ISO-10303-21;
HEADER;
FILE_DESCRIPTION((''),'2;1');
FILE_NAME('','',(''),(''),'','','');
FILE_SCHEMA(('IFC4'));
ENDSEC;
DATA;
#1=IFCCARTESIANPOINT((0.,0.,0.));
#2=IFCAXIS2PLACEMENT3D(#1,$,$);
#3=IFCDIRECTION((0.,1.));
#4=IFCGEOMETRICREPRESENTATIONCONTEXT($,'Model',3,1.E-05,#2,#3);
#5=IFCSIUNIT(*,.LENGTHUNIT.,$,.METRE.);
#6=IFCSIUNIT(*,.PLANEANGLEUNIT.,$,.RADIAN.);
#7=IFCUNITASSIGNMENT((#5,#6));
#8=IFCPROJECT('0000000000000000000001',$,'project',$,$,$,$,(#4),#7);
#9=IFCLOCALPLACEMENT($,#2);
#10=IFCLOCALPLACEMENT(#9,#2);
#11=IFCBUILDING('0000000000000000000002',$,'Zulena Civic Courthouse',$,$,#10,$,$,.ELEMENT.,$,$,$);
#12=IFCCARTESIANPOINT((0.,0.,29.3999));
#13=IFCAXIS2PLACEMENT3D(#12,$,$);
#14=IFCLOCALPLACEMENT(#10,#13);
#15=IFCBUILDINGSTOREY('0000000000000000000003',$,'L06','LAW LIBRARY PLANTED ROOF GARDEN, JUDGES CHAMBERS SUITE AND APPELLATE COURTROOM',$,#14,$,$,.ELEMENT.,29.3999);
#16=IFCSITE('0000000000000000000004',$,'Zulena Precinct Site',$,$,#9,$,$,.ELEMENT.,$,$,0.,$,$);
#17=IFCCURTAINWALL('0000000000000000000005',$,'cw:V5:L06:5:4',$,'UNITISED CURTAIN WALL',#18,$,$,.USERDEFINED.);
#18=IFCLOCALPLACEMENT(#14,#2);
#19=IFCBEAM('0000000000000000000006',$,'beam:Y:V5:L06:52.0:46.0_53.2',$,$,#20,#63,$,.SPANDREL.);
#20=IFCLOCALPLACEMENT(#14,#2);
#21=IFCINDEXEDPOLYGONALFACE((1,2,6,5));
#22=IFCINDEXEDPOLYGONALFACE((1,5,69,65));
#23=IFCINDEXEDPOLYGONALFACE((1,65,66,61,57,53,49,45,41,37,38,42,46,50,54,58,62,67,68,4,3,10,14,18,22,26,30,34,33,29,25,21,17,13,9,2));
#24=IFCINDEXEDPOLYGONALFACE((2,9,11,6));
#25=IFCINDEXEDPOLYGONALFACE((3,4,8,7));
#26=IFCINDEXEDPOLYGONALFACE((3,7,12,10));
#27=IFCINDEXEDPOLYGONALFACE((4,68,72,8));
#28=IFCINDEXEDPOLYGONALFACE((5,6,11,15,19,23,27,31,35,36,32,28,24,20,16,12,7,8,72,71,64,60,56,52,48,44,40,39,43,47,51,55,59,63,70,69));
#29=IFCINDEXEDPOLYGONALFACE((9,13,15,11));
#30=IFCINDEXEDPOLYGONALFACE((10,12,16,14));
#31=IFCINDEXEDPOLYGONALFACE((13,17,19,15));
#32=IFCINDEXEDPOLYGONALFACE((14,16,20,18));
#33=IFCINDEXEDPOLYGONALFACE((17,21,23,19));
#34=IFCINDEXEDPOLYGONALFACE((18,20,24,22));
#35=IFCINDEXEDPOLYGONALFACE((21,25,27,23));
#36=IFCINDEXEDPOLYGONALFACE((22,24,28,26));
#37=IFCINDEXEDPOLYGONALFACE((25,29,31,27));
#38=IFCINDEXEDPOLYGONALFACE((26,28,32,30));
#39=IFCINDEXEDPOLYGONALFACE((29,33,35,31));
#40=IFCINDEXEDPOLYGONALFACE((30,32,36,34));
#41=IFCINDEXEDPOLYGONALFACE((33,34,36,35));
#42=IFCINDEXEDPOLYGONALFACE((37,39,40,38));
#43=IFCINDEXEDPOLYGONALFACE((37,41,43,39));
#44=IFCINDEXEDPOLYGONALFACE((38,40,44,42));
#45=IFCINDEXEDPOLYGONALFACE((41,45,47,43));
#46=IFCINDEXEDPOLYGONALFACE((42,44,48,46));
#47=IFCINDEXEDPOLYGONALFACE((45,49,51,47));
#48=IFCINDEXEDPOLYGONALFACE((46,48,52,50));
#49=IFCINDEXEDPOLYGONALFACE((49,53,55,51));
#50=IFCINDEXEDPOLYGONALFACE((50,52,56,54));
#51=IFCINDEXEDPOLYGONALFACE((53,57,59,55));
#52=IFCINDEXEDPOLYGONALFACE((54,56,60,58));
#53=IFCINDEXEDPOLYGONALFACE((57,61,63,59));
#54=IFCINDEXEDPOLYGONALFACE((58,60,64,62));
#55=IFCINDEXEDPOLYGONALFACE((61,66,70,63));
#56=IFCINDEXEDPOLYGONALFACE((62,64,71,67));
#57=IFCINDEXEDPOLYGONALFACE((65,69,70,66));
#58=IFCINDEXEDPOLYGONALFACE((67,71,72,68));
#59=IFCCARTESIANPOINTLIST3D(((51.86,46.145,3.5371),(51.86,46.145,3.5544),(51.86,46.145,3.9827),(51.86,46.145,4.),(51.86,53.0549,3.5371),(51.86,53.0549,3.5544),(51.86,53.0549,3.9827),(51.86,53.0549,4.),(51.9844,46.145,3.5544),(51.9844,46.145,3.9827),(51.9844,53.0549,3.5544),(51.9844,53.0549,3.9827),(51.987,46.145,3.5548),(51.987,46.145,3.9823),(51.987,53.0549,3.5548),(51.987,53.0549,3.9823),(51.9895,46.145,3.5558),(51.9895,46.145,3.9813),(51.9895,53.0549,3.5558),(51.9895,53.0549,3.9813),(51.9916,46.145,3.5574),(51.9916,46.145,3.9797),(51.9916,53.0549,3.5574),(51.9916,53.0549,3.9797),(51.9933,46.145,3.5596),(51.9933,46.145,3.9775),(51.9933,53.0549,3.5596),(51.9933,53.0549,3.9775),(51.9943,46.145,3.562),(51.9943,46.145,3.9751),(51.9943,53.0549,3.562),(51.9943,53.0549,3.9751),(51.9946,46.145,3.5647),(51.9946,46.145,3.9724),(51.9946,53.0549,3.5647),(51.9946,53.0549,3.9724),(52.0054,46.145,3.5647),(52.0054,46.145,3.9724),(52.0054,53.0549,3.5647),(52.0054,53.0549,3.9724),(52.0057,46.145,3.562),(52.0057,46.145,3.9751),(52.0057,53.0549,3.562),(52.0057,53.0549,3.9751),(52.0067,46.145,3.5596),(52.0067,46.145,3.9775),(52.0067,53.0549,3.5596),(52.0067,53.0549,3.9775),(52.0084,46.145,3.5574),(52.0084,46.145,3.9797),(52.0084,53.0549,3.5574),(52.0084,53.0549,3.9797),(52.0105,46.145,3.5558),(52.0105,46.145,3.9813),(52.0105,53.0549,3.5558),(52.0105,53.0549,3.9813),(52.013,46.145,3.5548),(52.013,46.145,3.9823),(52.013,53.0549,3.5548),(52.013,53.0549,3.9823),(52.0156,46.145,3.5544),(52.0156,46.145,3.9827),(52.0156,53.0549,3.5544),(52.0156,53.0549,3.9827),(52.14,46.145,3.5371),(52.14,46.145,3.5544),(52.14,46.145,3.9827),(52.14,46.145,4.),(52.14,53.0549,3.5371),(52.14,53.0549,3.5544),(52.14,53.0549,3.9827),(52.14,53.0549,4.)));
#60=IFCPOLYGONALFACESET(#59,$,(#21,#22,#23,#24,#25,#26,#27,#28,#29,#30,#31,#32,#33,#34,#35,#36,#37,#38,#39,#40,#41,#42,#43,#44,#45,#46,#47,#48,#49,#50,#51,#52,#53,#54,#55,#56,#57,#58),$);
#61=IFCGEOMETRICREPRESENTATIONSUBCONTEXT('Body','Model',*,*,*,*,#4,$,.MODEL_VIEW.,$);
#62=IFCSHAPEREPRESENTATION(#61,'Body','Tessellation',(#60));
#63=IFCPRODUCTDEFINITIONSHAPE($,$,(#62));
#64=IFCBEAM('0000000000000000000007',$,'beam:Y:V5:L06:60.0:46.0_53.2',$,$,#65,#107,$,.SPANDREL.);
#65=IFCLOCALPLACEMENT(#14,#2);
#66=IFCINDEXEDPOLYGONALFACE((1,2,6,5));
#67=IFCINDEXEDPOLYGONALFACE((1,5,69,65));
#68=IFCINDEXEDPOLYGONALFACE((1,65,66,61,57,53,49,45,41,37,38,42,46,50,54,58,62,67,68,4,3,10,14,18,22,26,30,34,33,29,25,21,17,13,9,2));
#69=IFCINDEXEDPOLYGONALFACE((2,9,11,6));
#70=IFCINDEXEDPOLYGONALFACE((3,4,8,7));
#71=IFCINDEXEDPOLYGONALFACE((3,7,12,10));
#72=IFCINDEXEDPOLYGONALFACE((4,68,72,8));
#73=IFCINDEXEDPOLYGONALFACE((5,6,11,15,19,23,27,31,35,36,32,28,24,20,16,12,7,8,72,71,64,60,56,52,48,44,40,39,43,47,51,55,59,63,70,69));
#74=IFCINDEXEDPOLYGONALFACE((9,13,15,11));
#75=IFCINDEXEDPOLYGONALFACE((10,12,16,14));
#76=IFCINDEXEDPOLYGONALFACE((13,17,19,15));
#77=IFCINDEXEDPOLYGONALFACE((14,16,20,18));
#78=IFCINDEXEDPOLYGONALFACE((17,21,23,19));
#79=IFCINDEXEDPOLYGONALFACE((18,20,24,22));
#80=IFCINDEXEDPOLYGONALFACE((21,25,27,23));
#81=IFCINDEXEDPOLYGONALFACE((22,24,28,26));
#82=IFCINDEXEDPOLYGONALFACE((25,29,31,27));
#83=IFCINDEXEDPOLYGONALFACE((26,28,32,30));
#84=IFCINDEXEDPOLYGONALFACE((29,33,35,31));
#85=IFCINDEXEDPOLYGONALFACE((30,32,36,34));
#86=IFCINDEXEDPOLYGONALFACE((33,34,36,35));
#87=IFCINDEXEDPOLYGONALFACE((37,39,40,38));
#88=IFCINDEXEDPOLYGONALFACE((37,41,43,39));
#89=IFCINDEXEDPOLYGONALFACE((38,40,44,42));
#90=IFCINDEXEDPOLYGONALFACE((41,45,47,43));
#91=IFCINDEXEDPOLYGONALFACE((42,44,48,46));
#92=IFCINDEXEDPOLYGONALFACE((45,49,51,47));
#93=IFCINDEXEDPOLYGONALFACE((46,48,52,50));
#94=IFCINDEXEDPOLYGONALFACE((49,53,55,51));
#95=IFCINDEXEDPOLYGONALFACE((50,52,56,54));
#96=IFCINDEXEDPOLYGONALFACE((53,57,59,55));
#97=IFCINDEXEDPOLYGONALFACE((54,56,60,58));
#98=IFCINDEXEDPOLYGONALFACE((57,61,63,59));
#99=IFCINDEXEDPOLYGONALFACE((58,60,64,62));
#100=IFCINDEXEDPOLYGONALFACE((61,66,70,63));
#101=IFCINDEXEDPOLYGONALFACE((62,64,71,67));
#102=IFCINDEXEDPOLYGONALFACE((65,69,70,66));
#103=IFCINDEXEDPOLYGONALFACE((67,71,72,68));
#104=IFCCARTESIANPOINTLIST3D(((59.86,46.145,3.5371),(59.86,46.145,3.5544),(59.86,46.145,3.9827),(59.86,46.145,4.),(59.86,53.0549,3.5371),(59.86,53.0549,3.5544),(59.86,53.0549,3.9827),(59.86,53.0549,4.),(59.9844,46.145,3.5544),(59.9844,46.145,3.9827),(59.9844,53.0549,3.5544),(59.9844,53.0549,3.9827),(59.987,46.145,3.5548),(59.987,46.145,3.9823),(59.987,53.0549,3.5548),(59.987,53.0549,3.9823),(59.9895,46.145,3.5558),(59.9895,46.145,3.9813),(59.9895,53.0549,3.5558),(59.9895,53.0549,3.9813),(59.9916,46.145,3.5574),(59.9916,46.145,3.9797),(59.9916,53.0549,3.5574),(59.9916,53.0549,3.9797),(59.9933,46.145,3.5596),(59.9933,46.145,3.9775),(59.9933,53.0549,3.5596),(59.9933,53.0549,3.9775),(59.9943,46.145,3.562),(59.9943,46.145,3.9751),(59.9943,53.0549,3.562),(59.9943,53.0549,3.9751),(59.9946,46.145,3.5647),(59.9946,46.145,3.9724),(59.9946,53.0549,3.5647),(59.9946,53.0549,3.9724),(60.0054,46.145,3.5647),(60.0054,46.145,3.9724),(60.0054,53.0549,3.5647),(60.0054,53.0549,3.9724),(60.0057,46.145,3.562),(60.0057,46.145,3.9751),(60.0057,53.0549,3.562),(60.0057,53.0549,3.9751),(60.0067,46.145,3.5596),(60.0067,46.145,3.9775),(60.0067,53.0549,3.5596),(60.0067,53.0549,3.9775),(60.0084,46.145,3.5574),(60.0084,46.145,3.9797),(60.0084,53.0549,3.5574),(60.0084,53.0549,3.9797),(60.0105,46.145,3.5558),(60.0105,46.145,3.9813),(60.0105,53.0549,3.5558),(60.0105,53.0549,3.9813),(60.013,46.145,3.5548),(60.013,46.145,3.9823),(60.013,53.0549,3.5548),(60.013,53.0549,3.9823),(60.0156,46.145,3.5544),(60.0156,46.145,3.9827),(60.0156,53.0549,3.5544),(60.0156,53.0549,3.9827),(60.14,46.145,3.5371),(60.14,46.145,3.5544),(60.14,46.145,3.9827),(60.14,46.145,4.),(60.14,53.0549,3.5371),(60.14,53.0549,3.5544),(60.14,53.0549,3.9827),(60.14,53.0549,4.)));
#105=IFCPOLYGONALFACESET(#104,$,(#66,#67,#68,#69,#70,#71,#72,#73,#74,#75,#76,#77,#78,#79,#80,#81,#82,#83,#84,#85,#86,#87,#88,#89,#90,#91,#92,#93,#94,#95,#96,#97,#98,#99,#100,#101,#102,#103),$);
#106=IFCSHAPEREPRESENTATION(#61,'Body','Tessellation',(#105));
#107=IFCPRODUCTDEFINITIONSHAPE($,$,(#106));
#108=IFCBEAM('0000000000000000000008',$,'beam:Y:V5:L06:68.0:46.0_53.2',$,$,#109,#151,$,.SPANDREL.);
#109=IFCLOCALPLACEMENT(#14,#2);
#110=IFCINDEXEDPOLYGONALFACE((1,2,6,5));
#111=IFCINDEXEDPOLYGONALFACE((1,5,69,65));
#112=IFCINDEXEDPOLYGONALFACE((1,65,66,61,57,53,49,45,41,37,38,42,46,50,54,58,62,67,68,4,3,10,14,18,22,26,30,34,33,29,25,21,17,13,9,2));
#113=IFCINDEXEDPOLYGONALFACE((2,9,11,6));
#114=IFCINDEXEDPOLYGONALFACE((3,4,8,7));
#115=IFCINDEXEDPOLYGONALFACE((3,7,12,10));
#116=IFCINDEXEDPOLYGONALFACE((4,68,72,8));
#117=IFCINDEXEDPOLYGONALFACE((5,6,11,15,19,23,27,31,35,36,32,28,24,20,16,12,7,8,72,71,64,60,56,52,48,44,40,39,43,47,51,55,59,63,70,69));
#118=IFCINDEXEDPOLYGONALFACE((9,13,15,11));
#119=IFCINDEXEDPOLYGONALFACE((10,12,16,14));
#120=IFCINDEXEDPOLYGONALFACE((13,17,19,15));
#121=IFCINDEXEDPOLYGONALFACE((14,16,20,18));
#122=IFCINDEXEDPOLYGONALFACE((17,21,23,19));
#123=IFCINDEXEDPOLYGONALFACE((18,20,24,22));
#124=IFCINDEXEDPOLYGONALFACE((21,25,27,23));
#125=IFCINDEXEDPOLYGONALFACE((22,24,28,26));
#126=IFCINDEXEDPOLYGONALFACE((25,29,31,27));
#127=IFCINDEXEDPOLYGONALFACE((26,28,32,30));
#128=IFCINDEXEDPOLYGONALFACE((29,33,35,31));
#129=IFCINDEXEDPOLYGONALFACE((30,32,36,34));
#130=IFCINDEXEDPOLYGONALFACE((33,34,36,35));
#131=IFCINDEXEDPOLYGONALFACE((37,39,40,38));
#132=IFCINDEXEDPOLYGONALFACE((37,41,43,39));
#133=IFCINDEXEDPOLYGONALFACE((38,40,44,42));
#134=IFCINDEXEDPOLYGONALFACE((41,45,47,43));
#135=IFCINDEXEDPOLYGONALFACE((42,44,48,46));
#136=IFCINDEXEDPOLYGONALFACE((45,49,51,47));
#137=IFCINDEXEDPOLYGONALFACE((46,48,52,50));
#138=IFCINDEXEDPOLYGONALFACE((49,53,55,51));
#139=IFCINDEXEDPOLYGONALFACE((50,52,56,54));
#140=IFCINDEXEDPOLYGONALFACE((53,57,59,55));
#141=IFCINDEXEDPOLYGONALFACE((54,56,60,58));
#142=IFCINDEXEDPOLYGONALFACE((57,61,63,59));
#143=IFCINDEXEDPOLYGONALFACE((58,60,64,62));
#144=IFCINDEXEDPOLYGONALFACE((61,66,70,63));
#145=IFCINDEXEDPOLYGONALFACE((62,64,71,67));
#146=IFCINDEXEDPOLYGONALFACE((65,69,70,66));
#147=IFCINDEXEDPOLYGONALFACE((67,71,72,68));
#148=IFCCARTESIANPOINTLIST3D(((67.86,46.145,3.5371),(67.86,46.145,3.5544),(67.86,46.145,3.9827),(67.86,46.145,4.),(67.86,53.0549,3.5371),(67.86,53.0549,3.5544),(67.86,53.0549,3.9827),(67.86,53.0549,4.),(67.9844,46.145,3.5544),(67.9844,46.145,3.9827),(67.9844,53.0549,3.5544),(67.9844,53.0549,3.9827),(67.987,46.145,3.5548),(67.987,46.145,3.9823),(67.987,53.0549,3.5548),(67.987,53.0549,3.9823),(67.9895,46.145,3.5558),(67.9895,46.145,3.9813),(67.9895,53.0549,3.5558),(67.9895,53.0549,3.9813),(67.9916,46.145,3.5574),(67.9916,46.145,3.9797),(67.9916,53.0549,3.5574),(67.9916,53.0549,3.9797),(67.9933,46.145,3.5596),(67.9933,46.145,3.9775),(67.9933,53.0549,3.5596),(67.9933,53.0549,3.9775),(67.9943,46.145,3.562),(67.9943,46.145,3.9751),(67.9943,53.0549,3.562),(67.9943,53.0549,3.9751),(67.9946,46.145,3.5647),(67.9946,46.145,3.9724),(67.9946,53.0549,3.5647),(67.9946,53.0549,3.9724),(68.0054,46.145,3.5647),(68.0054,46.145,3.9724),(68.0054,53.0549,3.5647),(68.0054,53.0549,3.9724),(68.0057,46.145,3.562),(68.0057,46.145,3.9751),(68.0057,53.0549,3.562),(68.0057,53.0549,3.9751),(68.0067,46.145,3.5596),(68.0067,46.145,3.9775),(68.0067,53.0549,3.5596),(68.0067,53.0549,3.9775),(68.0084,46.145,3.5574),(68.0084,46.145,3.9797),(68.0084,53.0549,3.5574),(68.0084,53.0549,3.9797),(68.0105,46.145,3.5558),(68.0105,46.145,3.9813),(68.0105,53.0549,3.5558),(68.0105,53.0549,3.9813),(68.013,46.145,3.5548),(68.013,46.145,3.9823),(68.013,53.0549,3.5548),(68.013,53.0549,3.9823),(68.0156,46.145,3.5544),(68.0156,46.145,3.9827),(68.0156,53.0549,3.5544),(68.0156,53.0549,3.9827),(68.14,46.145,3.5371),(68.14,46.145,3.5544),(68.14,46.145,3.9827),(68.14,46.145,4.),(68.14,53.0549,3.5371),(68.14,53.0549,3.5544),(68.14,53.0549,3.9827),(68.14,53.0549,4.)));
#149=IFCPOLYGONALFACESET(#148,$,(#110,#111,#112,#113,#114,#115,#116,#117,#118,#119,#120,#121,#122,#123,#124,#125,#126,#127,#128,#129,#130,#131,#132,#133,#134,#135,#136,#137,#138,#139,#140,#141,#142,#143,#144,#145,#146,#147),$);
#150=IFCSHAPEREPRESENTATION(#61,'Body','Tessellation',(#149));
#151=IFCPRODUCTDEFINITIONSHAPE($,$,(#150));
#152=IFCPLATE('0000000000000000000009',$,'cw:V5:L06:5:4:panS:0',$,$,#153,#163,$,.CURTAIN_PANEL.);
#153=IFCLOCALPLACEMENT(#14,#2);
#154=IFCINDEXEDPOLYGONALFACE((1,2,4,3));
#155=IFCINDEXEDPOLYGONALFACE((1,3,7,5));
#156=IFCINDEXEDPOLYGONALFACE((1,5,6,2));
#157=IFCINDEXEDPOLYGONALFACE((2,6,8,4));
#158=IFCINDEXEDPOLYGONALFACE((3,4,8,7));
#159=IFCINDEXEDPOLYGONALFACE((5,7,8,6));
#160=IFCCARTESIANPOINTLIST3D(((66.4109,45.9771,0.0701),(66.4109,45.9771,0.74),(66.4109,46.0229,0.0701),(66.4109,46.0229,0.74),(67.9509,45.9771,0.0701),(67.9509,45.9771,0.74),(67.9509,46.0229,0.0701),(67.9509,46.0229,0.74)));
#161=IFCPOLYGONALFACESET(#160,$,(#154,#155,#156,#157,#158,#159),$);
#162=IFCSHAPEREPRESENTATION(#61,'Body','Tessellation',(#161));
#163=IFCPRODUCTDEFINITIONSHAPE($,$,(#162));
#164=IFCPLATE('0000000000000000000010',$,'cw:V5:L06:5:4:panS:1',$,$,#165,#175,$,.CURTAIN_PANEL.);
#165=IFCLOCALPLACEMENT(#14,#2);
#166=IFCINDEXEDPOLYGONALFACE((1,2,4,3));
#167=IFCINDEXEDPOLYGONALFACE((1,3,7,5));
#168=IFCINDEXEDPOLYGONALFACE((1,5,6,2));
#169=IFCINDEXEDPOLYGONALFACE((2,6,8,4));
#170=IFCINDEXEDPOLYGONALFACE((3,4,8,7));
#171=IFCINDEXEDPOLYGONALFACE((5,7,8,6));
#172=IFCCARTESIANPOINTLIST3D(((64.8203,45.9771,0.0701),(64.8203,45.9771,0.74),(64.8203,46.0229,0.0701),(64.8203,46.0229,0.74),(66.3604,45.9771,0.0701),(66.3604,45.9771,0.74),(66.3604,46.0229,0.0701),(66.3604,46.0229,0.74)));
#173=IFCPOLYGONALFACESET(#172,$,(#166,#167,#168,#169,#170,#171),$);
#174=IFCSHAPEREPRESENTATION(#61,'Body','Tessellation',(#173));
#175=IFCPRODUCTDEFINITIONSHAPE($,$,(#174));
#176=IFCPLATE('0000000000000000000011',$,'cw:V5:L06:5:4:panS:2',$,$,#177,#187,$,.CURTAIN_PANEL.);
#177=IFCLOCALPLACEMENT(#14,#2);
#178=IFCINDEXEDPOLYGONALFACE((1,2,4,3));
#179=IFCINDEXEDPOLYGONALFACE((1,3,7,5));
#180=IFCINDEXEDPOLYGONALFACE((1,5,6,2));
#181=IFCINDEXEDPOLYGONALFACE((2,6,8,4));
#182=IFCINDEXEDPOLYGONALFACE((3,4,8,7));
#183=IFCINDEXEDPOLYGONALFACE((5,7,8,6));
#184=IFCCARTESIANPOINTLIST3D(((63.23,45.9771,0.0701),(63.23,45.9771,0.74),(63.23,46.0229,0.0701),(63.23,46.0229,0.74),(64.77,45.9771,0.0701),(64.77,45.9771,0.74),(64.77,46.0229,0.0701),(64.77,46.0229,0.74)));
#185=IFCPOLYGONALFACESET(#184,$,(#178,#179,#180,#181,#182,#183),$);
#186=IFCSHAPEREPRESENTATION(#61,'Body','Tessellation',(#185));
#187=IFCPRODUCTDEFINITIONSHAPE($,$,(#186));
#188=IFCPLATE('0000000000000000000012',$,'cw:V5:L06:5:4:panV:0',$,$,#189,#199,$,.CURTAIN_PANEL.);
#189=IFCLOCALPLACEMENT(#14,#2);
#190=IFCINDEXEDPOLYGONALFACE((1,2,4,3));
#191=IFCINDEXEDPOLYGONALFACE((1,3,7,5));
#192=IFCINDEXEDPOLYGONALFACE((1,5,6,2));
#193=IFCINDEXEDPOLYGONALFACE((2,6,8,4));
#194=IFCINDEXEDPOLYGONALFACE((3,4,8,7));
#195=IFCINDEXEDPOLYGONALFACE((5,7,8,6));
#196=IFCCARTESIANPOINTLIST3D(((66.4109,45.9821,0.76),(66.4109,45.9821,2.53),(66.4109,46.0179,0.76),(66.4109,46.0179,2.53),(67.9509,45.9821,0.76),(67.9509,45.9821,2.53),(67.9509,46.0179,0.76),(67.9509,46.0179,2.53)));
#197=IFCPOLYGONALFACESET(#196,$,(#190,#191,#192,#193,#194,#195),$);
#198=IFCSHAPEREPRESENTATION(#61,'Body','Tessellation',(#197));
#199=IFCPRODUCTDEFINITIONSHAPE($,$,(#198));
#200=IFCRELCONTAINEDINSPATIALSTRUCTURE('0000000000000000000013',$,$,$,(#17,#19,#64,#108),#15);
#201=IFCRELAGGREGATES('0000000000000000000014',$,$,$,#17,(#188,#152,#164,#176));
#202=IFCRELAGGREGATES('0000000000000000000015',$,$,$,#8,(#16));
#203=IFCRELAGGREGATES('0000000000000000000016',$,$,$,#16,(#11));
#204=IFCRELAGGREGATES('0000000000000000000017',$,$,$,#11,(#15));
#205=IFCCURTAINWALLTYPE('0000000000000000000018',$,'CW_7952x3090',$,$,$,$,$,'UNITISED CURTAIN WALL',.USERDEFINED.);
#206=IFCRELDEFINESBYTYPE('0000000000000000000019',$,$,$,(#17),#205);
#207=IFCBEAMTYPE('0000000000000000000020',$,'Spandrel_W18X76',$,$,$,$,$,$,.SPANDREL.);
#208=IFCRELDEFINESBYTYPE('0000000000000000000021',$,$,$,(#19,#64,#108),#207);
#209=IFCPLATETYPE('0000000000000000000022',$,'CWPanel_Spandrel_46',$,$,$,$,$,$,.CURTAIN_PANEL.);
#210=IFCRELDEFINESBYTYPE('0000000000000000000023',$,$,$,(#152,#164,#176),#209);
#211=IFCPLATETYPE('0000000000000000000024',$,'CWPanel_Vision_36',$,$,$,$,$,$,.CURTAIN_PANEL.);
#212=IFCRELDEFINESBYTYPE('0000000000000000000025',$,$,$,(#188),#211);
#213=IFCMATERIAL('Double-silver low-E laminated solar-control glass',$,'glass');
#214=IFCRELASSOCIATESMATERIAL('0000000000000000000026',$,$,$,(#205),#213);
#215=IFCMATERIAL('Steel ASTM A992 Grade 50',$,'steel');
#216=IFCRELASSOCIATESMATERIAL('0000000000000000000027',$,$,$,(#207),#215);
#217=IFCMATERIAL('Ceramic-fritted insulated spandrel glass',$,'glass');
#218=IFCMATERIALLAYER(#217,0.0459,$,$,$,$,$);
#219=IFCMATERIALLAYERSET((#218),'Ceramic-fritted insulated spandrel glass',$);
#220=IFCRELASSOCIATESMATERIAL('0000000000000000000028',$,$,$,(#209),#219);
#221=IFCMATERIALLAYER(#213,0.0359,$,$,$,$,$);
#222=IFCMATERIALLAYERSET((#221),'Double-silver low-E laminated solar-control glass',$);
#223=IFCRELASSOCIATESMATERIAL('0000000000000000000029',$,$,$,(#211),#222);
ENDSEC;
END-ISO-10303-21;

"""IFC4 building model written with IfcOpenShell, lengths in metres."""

from ifc_helpers import new_model, si_unit, direction, frame, origin, origin_2d, place, context, subcontext, project, spatial, rectangle, i_section, extrude, material, layer, layer_set, material_profile, profile_set, type_object, element, aggregate, save


model = new_model("IFC4")

# Units and contexts
model_context = context("Model", 3, precision=1e-05, world=origin(), true_north=direction((0.0, 1.0)))
body_context = subcontext(model_context, "Body", "Model", "MODEL_VIEW")
ifc_project = project(units=[si_unit("LENGTHUNIT", "METRE"), si_unit("PLANEANGLEUNIT", "RADIAN")], contexts=[model_context])

# Site, building, storey
site_placement = place(None, origin())
site = spatial("IfcSite", under=ifc_project, at=site_placement, Name="Zulena Precinct Site", CompositionType="ELEMENT", RefElevation=0.0)
building_placement = place(site_placement, origin())
building = spatial("IfcBuilding", under=site, at=building_placement, Name="Zulena Civic Courthouse", CompositionType="ELEMENT")
storey_placement = place(building_placement, frame((0.0, 0.0, 29.3999)))
storey = spatial("IfcBuildingStorey", under=building, at=storey_placement, Name="L06", Description="LAW LIBRARY PLANTED ROOF GARDEN, JUDGES CHAMBERS SUITE AND APPELLATE COURTROOM", CompositionType="ELEMENT", Elevation=29.3999)

# Shared definitions
ifc_material_1 = material(Name="Steel ASTM A992 Grade 50", Category="steel")

# Curtain wall
ifc_material_2 = material(Name="Double-silver low-E laminated solar-control glass", Category="glass")
curtain_wall_type = type_object("IfcCurtainWallType", Name="CW_7952x3090", ElementType="UNITISED CURTAIN WALL", PredefinedType="USERDEFINED", material=ifc_material_2)
curtain_wall_placement = place(storey_placement, origin())
curtain_wall = element("IfcCurtainWall", 1, at=curtain_wall_placement, inside=storey, type_object=curtain_wall_type, Name="cw:V5:L06:5:4", ObjectType="UNITISED CURTAIN WALL", PredefinedType="USERDEFINED")

# Beams
ifc_material_profile_1 = material_profile(ifc_material_1, i_section(OverallWidth=0.28, OverallDepth=0.4629, WebThickness=0.0107, FlangeThickness=0.0173, FilletRadius=0.0103, at=origin_2d()), Name="W18X76")
ifc_profile_set_1 = profile_set([ifc_material_profile_1], Name="Steel ASTM A992 Grade 50")
beam_type_1 = type_object("IfcBeamType", Name="Spandrel_W18X76", PredefinedType="SPANDREL", material=ifc_profile_set_1)
for number, where, z_axis, x_axis, name in (
    (2, (52.0, 46.145, 3.7686), (0.0, 1.0, 0.0), (-1.0, 0.0, 0.0), "beam:Y:V5:L06:52.0:46.0_53.2"),
    (3, (60.0, 46.145, 3.7686), (0.0, 1.0, 0.0), (-1.0, 0.0, 0.0), "beam:Y:V5:L06:60.0:46.0_53.2"),
    (4, (68.0, 46.145, 3.7686), (0.0, 1.0, 0.0), (-1.0, 0.0, 0.0), "beam:Y:V5:L06:68.0:46.0_53.2"),
):
    element("IfcBeam", number, at=place(storey_placement, frame(where, z_axis=z_axis, x_axis=x_axis)), inside=storey, type_object=beam_type_1, Name=name, PredefinedType="SPANDREL", context=body_context, shape_type="SweptSolid", body=[
        extrude(i_section(OverallWidth=0.28, OverallDepth=0.4629, WebThickness=0.0107, FlangeThickness=0.0173, FilletRadius=0.0103, at=origin_2d()), origin(), (0.0, 0.0, 1.0), 6.9099),
    ])

# Plates
ifc_material_3 = material(Name="Ceramic-fritted insulated spandrel glass", Category="glass")
ifc_layer_1 = layer(ifc_material_3, 0.0459)
ifc_layer_set_1 = layer_set([ifc_layer_1], Name="Ceramic-fritted insulated spandrel glass")
plate_type_1 = type_object("IfcPlateType", Name="CWPanel_Spandrel_46", PredefinedType="CURTAIN_PANEL", material=ifc_layer_set_1)
plate_1_placement = place(storey_placement, frame((67.1809, 46.0, 0.0701), z_axis=(0.0, 0.0, 1.0), x_axis=(-1.0, 0.0, 0.0)))
plate_1 = element("IfcPlate", 5, at=plate_1_placement, type_object=plate_type_1, Name="cw:V5:L06:5:4:panS:0", PredefinedType="CURTAIN_PANEL", context=body_context, shape_type="SweptSolid", body=[
    extrude(rectangle(XDim=1.54, YDim=0.0459, at=origin_2d()), origin(), (0.0, 0.0, 1.0), 0.6699),
])
plate_2_placement = place(storey_placement, frame((65.5903, 46.0, 0.0701), z_axis=(0.0, 0.0, 1.0), x_axis=(-1.0, 0.0, 0.0)))
plate_2 = element("IfcPlate", 6, at=plate_2_placement, type_object=plate_type_1, Name="cw:V5:L06:5:4:panS:1", PredefinedType="CURTAIN_PANEL", context=body_context, shape_type="SweptSolid", body=[
    extrude(rectangle(XDim=1.54, YDim=0.0459, at=origin_2d()), origin(), (0.0, 0.0, 1.0), 0.6699),
])
plate_3_placement = place(storey_placement, frame((64.0, 46.0, 0.0701), z_axis=(0.0, 0.0, 1.0), x_axis=(-1.0, 0.0, 0.0)))
plate_3 = element("IfcPlate", 7, at=plate_3_placement, type_object=plate_type_1, Name="cw:V5:L06:5:4:panS:2", PredefinedType="CURTAIN_PANEL", context=body_context, shape_type="SweptSolid", body=[
    extrude(rectangle(XDim=1.54, YDim=0.0459, at=origin_2d()), origin(), (0.0, 0.0, 1.0), 0.6699),
])
ifc_layer_2 = layer(ifc_material_2, 0.0359)
ifc_layer_set_2 = layer_set([ifc_layer_2], Name="Double-silver low-E laminated solar-control glass")
plate_type_2 = type_object("IfcPlateType", Name="CWPanel_Vision_36", PredefinedType="CURTAIN_PANEL", material=ifc_layer_set_2)
plate_4_placement = place(storey_placement, frame((67.1809, 46.0, 0.76), z_axis=(0.0, 0.0, 1.0), x_axis=(-1.0, 0.0, 0.0)))
plate_4 = element("IfcPlate", 8, at=plate_4_placement, type_object=plate_type_2, Name="cw:V5:L06:5:4:panV:0", PredefinedType="CURTAIN_PANEL", context=body_context, shape_type="SweptSolid", body=[
    extrude(rectangle(XDim=1.54, YDim=0.0359, at=origin_2d()), origin(), (0.0, 0.0, 1.0), 1.77),
])
aggregate(curtain_wall, [plate_4, plate_1, plate_2, plate_3])

save(model, "model.ifc")
